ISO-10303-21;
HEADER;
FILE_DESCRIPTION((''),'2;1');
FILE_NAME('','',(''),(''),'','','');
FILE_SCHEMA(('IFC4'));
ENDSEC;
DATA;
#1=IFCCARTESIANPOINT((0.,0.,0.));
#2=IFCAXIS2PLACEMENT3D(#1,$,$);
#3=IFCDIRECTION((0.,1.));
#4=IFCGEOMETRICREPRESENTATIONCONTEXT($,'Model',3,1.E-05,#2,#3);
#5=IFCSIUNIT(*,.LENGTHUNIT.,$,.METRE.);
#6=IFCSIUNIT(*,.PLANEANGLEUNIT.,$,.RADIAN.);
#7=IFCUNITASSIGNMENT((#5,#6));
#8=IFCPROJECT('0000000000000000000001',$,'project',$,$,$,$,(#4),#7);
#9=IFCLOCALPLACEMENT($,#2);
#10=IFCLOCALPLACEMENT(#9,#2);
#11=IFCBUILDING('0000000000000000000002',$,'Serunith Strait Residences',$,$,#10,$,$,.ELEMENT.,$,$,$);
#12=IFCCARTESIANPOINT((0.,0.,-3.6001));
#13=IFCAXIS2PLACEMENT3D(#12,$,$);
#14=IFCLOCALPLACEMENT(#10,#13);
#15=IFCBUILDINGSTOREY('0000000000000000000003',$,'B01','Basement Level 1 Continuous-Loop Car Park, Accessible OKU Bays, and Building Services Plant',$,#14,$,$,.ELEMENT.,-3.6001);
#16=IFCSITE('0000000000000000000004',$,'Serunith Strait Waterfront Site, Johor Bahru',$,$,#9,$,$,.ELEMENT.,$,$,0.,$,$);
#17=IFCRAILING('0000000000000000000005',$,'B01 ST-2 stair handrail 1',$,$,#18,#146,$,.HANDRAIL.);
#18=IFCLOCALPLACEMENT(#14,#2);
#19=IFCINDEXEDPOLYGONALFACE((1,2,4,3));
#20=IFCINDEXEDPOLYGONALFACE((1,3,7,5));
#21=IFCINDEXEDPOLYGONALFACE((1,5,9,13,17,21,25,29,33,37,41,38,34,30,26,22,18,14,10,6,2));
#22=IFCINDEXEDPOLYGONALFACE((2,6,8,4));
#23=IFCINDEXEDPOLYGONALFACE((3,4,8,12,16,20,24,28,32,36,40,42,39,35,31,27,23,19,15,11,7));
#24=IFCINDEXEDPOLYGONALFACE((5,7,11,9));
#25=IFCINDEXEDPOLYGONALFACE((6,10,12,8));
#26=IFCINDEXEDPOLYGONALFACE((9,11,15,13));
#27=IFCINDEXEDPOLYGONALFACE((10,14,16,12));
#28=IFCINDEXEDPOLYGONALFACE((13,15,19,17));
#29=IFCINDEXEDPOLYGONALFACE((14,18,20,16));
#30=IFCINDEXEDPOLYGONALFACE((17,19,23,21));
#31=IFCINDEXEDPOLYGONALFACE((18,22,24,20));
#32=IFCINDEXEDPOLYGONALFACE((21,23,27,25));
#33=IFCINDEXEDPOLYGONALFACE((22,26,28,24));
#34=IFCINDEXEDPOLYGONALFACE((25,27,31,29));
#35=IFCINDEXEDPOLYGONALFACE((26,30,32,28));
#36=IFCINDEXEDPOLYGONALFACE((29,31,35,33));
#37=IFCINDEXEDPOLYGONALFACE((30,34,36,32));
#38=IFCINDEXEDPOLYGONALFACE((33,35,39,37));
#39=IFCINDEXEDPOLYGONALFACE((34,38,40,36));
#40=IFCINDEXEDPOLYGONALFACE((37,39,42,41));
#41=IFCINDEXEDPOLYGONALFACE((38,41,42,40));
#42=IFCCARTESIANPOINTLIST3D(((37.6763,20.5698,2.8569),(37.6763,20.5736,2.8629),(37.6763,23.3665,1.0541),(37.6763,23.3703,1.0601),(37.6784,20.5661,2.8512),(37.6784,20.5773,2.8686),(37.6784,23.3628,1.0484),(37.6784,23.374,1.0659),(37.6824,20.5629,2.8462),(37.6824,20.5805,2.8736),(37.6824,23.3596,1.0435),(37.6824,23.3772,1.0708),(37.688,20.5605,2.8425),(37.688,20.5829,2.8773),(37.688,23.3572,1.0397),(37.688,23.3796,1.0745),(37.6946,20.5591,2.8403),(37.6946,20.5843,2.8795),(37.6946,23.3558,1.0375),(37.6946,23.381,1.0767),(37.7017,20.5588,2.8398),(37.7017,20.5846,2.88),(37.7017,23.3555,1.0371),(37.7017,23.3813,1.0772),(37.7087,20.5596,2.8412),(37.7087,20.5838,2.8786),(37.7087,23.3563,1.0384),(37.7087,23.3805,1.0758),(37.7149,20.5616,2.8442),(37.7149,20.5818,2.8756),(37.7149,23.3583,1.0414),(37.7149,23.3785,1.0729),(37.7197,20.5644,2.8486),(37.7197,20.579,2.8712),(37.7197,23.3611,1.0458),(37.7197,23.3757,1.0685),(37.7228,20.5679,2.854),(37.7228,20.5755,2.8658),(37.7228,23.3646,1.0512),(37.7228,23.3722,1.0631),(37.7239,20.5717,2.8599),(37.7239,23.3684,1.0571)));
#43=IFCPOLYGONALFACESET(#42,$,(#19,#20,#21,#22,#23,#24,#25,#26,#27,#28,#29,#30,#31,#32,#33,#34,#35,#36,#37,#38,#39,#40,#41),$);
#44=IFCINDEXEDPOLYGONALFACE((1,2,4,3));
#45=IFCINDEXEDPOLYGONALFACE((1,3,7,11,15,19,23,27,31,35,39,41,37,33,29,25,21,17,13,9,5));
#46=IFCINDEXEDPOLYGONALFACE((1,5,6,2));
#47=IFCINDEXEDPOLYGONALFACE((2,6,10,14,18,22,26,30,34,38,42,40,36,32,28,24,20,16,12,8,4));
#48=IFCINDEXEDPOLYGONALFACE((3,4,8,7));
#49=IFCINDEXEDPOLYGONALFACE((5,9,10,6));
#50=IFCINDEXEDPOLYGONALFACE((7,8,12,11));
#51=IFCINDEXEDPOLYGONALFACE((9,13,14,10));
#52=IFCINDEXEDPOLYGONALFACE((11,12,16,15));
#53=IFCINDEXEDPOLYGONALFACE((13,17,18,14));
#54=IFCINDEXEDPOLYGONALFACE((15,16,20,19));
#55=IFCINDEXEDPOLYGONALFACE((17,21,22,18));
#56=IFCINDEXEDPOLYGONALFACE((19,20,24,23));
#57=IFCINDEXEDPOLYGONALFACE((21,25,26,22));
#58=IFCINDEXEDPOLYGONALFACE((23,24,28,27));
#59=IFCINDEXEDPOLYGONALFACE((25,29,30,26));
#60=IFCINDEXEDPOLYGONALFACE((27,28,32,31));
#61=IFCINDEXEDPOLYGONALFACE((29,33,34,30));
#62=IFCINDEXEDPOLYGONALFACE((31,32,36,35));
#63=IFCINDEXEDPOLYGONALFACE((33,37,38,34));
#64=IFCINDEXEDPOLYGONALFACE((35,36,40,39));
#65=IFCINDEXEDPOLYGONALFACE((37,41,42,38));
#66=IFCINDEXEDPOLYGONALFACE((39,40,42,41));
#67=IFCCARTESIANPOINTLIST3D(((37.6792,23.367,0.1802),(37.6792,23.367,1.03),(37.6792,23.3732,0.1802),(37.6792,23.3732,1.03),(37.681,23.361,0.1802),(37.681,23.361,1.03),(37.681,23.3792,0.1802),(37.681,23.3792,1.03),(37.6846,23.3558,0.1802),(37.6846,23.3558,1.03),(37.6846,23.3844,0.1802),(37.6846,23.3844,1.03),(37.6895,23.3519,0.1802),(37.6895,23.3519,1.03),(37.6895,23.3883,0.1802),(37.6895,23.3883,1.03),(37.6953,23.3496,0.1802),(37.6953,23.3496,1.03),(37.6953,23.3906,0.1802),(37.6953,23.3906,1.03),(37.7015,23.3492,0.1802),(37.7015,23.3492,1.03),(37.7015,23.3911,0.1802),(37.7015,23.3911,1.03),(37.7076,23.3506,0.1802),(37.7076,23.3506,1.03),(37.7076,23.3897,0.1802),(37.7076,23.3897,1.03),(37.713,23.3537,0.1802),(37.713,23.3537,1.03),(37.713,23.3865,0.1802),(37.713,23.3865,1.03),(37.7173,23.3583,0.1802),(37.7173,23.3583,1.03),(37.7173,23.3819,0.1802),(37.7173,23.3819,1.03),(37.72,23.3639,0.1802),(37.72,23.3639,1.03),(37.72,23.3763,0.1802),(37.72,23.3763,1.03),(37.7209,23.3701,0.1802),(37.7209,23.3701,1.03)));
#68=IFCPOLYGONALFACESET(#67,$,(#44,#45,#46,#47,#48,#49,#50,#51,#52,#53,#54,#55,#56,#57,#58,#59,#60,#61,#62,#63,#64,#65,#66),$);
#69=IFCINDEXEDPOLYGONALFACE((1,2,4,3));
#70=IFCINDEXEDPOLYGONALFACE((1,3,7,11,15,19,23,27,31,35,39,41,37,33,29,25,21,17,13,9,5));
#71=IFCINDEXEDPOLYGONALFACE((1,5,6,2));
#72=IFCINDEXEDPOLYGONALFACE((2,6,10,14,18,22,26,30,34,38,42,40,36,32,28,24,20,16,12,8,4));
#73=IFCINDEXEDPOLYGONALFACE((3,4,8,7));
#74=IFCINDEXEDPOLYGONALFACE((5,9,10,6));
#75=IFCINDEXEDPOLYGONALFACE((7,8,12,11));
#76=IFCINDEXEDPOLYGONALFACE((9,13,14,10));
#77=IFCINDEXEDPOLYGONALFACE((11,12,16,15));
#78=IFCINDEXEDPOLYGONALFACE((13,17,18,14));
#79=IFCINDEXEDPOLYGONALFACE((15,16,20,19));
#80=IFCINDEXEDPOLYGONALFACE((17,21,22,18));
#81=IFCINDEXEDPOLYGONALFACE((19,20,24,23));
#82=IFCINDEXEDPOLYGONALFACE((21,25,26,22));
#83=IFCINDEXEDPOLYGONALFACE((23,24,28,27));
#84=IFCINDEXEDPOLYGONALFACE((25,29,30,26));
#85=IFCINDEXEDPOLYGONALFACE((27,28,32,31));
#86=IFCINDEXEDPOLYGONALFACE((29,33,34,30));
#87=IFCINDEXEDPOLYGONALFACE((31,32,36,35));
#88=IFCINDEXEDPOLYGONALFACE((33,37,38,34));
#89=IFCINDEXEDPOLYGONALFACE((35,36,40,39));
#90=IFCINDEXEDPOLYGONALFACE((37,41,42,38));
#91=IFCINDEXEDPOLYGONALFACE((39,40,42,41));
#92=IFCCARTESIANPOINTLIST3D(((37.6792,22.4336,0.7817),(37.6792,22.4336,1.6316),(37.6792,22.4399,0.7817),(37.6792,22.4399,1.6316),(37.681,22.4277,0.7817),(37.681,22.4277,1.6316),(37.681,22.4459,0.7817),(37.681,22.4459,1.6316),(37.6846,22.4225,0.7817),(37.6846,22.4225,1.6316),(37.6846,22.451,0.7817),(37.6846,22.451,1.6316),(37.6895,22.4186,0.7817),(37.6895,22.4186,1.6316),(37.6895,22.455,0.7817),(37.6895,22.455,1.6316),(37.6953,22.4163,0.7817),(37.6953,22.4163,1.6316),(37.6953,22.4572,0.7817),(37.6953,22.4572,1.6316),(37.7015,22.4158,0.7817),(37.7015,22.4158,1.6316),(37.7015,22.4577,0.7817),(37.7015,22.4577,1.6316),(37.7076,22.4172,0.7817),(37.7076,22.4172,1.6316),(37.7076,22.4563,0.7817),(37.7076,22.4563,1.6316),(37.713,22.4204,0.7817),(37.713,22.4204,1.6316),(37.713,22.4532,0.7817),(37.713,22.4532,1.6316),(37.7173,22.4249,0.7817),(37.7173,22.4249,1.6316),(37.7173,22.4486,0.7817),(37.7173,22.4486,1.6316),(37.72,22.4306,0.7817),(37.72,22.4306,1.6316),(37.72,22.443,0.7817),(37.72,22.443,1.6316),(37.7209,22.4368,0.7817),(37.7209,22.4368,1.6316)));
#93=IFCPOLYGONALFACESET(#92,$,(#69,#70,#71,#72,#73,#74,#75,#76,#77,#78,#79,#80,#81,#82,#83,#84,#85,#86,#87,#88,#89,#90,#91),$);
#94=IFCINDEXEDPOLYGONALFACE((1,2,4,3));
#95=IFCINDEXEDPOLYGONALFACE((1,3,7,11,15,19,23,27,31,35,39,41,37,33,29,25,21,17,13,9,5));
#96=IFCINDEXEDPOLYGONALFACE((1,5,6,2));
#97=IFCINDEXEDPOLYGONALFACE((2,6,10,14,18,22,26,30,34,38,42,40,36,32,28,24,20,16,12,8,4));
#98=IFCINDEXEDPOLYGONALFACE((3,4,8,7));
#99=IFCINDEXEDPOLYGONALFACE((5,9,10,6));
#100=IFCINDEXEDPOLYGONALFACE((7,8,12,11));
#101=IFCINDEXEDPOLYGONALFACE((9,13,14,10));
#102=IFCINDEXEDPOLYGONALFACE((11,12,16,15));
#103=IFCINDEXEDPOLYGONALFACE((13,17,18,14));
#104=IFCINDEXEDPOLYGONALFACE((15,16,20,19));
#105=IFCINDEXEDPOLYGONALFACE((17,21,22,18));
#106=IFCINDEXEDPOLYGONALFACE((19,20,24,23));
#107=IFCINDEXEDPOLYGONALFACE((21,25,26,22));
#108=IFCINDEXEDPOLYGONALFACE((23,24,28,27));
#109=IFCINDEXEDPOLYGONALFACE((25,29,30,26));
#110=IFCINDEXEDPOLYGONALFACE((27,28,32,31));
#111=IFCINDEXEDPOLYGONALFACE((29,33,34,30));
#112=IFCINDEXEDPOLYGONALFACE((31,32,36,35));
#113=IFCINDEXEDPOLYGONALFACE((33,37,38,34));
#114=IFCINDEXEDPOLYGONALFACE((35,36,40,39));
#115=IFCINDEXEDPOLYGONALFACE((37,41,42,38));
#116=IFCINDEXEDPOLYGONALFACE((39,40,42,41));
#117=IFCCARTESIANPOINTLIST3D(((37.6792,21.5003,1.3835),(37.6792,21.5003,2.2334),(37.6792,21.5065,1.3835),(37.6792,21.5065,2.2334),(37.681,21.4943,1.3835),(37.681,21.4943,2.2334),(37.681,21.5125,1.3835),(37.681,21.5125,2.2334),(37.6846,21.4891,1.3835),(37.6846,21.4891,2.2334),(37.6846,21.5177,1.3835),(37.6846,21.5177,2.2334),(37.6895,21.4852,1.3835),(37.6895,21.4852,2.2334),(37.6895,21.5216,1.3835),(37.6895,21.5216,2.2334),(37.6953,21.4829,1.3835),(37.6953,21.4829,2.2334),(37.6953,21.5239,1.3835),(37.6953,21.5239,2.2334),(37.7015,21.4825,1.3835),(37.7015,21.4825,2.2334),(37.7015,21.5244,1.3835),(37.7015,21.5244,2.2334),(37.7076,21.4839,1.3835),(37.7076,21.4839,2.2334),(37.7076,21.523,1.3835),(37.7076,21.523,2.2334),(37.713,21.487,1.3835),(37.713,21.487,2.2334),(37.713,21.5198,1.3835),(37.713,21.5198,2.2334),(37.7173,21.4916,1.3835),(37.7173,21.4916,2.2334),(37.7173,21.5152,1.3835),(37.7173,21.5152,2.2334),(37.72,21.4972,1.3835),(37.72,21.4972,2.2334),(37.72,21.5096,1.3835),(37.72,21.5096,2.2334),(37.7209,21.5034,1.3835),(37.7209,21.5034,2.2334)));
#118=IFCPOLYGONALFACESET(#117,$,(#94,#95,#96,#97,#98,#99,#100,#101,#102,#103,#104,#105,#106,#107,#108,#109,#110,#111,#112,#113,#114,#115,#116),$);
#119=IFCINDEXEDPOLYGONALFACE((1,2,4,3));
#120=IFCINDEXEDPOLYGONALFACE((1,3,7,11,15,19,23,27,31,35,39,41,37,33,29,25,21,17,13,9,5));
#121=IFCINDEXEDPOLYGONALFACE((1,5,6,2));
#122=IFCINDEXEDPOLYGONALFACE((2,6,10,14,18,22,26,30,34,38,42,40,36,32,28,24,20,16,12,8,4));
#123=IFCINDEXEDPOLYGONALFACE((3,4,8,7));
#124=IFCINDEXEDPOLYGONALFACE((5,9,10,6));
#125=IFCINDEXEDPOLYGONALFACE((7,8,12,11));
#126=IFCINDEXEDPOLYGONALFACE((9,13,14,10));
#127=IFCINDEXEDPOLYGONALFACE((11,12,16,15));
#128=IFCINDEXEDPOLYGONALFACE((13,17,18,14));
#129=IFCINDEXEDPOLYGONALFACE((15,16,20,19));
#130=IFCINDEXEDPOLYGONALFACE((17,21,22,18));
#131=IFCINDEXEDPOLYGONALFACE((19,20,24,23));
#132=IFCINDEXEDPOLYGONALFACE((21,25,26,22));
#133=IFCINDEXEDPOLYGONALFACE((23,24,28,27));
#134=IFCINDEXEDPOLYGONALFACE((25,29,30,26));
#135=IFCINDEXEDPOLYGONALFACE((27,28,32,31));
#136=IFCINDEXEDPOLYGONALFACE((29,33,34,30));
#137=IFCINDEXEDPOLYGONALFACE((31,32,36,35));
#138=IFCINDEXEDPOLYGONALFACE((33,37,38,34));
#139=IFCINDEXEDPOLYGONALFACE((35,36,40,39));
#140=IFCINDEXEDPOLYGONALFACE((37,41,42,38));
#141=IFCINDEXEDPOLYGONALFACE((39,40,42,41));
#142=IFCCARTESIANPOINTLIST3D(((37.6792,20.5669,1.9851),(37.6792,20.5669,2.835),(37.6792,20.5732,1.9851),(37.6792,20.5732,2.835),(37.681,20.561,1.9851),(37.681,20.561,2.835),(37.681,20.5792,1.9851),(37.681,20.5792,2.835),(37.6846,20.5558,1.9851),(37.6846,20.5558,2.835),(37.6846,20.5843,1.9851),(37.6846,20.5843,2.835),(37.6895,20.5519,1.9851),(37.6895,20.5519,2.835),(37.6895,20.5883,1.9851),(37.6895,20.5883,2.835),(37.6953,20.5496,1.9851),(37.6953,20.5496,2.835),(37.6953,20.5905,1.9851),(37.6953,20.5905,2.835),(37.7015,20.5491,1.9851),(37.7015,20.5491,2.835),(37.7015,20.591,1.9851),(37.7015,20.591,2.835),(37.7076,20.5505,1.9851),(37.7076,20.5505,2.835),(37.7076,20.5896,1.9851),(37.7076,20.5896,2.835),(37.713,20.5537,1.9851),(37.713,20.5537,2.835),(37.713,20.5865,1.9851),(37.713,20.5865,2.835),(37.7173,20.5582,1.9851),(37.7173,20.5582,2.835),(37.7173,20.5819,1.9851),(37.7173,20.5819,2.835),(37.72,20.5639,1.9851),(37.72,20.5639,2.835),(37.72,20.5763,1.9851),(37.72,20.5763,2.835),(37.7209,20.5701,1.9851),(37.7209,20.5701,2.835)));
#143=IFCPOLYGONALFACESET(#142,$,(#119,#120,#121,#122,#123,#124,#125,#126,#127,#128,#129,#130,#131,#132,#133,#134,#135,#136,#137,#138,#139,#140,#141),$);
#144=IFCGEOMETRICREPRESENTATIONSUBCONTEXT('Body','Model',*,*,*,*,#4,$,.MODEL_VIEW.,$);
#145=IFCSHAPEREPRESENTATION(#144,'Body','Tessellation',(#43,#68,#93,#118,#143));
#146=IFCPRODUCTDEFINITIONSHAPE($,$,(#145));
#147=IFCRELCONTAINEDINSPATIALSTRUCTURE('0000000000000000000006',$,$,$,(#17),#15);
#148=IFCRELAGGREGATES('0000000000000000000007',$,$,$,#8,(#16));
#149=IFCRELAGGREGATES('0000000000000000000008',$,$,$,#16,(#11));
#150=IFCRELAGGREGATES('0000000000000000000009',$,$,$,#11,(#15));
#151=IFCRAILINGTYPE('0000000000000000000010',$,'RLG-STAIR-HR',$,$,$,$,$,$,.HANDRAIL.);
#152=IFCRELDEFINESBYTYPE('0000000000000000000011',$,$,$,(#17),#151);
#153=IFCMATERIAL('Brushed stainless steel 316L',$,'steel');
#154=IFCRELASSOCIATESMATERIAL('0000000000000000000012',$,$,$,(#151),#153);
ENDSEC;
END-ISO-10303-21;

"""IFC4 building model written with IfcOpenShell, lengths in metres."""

from ifc_helpers import new_model, si_unit, direction, frame, origin, origin_2d, place, context, subcontext, project, spatial, circle, extrude, material, type_object, element, save


model = new_model("IFC4")

# Units and contexts
model_context = context("Model", 3, precision=1e-05, world=origin(), true_north=direction((0.0, 1.0)))
body_context = subcontext(model_context, "Body", "Model", "MODEL_VIEW")
ifc_project = project(units=[si_unit("LENGTHUNIT", "METRE"), si_unit("PLANEANGLEUNIT", "RADIAN")], contexts=[model_context])

# Site, building, storey
site_placement = place(None, origin())
site = spatial("IfcSite", under=ifc_project, at=site_placement, Name="Serunith Strait Waterfront Site, Johor Bahru", CompositionType="ELEMENT", RefElevation=0.0)
building_placement = place(site_placement, origin())
building = spatial("IfcBuilding", under=site, at=building_placement, Name="Serunith Strait Residences", CompositionType="ELEMENT")
storey_placement = place(building_placement, frame((0.0, 0.0, -3.6001)))
storey = spatial("IfcBuildingStorey", under=building, at=storey_placement, Name="B01", Description="Basement Level 1 Continuous-Loop Car Park, Accessible OKU Bays, and Building Services Plant", CompositionType="ELEMENT", Elevation=-3.6001)

# Railing
ifc_material_1 = material(Name="Brushed stainless steel 316L", Category="steel")
railing_type_1 = type_object("IfcRailingType", Name="RLG-STAIR-HR", PredefinedType="HANDRAIL", material=ifc_material_1)
railing_1_placement = place(storey_placement, frame((37.7, 23.3701, 0.1802)))
element("IfcRailing", 1, at=railing_1_placement, inside=storey, type_object=railing_type_1, Name="B01 ST-2 stair handrail 1", PredefinedType="HANDRAIL", context=body_context, shape_type="SweptSolid", body=[
    extrude(circle(Radius=0.0239, at=origin_2d()), frame((0.0, -0.0017, 0.877), z_axis=(0.0, -0.840509, 0.541798), x_axis=(1.0, 0.0, 0.0)), (0.0, 0.0, 1.0), 3.3274),
    extrude(circle(Radius=0.021, at=origin_2d()), origin(), (0.0, 0.0, 1.0), 0.8499),
    extrude(circle(Radius=0.021, at=origin_2d()), frame((0.0, -0.9333, 0.6016)), (0.0, 0.0, 1.0), 0.8499),
    extrude(circle(Radius=0.021, at=origin_2d()), frame((0.0, -1.8667, 1.2034)), (0.0, 0.0, 1.0), 0.8499),
    extrude(circle(Radius=0.021, at=origin_2d()), frame((0.0, -2.8, 1.8049)), (0.0, 0.0, 1.0), 0.8499),
])

save(model, "model.ifc")
